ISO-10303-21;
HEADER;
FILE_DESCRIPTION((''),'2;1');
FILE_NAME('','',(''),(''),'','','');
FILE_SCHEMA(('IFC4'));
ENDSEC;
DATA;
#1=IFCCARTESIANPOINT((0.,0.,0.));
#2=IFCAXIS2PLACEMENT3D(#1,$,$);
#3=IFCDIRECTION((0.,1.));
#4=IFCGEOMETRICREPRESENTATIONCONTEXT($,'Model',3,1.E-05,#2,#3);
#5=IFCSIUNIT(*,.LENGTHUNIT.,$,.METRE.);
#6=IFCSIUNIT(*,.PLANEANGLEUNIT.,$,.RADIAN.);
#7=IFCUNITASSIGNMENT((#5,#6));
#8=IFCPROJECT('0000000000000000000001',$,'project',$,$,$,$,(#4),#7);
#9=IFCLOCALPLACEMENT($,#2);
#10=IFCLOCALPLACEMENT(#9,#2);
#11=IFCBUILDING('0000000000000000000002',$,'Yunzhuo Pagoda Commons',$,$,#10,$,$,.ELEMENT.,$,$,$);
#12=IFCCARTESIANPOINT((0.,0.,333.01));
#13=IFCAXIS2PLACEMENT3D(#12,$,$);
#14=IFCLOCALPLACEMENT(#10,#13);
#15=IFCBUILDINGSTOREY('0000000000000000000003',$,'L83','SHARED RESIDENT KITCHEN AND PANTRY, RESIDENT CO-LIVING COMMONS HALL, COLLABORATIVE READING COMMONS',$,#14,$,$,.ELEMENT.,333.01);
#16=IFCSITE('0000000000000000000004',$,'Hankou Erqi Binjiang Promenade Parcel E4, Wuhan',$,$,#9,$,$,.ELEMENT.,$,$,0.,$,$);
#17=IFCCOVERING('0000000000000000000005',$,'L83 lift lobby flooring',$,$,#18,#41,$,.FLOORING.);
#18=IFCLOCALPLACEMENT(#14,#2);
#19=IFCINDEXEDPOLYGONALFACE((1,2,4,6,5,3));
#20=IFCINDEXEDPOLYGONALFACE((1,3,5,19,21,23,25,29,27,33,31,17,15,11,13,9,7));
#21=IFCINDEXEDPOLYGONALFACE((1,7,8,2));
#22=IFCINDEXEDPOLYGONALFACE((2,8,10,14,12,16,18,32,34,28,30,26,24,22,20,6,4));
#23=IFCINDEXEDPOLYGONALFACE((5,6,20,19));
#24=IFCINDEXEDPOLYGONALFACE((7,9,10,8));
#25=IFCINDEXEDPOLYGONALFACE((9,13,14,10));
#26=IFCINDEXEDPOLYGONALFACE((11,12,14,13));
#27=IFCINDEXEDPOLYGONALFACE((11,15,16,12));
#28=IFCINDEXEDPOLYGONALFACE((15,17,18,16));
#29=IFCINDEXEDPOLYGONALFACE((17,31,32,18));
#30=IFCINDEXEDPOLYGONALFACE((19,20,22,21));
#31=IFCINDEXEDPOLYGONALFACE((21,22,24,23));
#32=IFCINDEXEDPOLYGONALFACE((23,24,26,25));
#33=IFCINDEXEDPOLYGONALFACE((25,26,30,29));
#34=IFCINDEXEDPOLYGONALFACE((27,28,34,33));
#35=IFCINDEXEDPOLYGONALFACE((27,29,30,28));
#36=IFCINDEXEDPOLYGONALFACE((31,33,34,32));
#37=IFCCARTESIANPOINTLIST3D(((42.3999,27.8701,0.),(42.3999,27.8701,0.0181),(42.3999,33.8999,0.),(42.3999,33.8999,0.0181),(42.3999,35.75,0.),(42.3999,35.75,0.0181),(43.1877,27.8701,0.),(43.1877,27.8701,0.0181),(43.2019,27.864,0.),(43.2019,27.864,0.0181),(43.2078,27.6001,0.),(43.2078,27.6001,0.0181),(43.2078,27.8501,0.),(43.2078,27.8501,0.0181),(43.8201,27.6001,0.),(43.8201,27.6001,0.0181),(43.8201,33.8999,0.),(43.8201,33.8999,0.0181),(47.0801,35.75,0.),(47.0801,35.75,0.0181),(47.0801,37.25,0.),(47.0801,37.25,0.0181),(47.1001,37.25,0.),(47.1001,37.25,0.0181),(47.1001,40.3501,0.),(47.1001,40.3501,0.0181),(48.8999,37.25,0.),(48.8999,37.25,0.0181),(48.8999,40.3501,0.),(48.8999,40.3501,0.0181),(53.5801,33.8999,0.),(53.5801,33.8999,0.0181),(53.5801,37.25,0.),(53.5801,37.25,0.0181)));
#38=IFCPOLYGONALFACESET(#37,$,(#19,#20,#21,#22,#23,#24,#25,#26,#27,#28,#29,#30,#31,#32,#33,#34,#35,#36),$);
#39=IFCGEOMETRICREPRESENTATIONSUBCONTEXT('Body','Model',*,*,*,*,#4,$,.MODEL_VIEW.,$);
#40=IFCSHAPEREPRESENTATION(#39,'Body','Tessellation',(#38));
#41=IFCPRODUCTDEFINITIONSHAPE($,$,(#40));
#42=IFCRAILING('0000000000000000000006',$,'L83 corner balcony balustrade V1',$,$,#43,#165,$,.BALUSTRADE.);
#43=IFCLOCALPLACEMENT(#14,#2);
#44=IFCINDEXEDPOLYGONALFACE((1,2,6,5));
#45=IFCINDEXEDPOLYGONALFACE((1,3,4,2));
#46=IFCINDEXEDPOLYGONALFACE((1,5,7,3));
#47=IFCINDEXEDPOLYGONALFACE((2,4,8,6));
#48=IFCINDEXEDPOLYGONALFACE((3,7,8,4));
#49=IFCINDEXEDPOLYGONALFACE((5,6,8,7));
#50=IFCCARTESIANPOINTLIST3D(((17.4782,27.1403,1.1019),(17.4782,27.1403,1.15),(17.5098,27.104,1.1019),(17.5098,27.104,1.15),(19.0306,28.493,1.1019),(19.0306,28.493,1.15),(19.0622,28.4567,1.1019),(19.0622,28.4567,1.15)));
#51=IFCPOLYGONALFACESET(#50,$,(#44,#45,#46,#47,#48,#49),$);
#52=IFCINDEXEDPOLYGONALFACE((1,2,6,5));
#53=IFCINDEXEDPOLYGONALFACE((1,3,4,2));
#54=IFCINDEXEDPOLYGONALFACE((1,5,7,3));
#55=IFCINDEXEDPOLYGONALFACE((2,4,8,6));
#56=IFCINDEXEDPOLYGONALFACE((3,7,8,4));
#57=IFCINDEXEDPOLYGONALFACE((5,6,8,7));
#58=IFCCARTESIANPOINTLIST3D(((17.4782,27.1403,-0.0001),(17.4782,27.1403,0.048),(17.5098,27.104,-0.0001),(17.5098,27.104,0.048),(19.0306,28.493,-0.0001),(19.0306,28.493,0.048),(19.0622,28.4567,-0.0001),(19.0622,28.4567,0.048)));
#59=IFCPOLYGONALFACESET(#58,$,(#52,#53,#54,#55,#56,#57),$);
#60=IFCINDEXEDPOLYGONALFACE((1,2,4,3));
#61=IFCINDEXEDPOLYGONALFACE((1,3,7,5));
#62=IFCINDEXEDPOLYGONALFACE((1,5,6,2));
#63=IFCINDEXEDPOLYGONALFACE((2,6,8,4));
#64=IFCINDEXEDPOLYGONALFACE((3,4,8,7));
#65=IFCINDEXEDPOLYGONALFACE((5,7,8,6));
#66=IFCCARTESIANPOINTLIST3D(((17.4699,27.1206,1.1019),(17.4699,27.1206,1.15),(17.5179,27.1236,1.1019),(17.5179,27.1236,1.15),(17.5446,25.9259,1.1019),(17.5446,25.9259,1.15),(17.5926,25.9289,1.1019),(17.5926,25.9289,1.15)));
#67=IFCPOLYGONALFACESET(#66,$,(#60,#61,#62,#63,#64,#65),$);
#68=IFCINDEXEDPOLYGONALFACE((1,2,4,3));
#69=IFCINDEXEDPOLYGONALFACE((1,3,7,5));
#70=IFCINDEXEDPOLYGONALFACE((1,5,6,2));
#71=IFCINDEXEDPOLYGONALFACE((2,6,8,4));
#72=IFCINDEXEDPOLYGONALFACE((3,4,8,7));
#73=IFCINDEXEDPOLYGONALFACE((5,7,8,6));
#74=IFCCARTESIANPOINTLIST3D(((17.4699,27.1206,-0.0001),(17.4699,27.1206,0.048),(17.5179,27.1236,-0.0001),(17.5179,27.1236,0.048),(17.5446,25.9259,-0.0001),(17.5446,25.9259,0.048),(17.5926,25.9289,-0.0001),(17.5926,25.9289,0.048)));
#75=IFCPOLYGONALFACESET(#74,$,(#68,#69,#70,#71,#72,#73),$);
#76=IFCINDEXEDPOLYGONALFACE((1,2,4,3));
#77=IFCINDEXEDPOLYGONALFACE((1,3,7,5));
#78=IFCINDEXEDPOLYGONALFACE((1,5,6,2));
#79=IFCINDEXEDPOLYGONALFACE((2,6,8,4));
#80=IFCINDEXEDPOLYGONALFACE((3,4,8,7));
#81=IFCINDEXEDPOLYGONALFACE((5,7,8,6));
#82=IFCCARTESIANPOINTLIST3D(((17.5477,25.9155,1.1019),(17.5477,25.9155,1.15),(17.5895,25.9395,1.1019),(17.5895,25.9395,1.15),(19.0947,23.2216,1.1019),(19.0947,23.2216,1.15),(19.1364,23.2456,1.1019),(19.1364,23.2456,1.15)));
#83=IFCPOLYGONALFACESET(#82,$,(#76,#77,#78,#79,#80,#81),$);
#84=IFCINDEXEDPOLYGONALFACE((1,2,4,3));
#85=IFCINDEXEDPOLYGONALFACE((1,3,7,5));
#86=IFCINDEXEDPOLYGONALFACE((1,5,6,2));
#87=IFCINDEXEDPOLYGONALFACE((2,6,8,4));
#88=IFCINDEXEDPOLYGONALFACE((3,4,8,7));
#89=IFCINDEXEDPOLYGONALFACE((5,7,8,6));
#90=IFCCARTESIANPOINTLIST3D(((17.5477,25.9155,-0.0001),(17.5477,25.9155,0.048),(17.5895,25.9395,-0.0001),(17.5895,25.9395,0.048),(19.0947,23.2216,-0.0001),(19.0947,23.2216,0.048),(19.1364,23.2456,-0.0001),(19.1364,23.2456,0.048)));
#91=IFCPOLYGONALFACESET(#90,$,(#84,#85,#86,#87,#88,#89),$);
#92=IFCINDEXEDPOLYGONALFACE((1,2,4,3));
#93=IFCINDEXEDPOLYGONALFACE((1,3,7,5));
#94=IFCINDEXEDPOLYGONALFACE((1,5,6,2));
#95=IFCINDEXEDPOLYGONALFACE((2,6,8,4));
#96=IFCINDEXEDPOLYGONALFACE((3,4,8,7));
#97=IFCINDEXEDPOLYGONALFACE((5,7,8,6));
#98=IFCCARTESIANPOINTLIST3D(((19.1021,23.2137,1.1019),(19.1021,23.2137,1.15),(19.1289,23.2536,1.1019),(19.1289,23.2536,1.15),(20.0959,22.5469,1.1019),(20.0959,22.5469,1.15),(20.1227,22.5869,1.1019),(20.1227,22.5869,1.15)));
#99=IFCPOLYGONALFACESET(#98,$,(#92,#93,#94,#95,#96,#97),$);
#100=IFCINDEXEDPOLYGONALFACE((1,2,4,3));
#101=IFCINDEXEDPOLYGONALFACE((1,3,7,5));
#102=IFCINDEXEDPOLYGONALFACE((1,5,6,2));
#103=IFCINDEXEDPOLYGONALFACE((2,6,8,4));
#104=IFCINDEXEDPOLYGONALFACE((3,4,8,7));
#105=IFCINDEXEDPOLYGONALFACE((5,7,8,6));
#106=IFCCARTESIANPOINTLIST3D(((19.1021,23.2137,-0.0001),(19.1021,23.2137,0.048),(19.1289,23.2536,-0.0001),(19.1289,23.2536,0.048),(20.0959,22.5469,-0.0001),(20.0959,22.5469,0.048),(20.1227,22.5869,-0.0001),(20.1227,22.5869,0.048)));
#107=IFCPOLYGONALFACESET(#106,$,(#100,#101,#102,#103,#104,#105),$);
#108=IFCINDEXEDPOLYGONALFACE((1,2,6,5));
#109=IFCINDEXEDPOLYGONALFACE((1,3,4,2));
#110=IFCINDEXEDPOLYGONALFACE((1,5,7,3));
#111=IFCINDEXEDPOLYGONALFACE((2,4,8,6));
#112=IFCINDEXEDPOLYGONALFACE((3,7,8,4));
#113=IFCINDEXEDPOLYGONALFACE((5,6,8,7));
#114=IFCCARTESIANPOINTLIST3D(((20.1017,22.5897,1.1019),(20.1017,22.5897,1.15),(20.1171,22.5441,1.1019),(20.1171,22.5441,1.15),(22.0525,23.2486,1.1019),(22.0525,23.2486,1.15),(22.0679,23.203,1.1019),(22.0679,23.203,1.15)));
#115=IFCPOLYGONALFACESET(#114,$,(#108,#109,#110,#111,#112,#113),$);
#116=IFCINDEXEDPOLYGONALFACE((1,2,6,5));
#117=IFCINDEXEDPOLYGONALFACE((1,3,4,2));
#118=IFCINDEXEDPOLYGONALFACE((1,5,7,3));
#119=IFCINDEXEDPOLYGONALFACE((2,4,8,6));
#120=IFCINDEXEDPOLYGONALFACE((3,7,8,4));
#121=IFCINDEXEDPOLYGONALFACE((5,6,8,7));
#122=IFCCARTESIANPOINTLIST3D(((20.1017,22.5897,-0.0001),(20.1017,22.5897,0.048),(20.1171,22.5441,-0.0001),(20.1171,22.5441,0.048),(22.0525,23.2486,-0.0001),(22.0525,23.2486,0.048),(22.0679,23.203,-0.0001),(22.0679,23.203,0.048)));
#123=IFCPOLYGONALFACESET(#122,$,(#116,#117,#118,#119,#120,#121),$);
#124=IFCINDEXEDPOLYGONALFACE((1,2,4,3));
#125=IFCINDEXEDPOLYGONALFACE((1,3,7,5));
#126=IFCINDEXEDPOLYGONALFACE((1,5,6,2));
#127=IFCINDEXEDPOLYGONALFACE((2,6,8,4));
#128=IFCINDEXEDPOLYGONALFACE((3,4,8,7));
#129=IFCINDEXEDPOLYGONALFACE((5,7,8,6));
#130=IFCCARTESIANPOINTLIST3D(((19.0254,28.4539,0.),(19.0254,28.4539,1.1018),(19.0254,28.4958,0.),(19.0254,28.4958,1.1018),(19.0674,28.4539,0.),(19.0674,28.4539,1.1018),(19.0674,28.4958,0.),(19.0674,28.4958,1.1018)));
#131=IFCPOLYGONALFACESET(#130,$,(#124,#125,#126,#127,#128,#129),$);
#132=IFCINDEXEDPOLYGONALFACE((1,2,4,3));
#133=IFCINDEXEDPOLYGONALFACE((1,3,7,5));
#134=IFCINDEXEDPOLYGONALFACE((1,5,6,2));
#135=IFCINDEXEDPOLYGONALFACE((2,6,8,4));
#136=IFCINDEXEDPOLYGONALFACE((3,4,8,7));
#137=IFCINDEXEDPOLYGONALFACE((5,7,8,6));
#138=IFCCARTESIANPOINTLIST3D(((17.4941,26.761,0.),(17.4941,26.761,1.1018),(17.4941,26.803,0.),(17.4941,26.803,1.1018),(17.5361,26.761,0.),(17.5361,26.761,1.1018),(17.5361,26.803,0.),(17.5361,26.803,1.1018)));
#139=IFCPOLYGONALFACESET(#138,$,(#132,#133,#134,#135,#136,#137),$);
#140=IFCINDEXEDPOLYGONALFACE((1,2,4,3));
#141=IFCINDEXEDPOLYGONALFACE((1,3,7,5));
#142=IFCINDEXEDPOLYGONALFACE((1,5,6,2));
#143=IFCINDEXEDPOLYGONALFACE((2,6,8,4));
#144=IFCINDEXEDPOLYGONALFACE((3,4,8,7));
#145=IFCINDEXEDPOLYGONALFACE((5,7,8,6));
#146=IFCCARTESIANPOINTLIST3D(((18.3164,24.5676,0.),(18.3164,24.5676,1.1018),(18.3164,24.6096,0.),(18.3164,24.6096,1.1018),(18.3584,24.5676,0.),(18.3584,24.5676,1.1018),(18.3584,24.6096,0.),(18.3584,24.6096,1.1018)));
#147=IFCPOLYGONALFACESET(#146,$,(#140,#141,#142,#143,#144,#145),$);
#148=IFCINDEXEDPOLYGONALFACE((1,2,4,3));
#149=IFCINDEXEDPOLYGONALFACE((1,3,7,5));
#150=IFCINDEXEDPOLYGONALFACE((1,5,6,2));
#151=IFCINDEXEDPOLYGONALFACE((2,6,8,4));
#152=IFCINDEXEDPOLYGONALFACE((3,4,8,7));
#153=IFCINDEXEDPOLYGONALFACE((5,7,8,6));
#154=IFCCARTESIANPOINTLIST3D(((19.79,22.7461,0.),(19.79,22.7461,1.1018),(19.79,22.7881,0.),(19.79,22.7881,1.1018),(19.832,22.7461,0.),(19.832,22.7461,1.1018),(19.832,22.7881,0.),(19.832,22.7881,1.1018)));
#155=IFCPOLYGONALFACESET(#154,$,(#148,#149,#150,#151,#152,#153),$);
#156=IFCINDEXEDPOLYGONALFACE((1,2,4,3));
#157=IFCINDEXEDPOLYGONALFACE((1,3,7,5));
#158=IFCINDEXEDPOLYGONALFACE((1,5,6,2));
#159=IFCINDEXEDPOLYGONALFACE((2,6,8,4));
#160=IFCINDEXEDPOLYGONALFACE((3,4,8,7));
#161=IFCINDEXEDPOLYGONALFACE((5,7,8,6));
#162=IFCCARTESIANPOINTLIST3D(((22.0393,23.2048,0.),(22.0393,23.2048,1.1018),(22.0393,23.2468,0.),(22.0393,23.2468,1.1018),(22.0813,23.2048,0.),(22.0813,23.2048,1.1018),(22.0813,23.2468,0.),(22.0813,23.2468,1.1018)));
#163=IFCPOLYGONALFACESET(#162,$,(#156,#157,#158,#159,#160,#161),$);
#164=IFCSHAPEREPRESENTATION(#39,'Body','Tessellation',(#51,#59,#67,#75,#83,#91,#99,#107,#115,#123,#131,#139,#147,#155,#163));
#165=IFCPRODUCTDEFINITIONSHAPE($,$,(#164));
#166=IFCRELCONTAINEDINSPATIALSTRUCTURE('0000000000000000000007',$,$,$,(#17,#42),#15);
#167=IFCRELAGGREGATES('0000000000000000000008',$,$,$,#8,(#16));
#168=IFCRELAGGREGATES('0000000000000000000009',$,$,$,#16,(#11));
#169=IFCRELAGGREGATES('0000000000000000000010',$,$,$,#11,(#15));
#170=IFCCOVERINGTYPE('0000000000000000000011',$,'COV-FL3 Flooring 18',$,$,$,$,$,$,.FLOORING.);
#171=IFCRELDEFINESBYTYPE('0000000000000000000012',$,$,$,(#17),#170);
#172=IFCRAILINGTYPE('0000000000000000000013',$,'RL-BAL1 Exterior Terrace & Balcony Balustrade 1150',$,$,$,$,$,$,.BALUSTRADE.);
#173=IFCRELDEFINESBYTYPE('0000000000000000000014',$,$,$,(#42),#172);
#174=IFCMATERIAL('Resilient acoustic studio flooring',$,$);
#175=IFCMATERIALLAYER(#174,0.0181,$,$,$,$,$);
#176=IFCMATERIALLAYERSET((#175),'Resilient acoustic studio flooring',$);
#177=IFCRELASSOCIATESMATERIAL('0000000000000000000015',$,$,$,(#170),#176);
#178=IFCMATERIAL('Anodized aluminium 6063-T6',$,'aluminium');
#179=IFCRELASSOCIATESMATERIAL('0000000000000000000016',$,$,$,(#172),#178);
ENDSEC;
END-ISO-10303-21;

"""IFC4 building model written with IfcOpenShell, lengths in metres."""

from ifc_helpers import new_model, si_unit, direction, frame, origin, origin_2d, place, context, subcontext, project, spatial, polyline, rectangle, outline, extrude, material, layer, layer_set, type_object, element, save


model = new_model("IFC4")

# Units and contexts
model_context = context("Model", 3, precision=1e-05, world=origin(), true_north=direction((0.0, 1.0)))
body_context = subcontext(model_context, "Body", "Model", "MODEL_VIEW")
ifc_project = project(units=[si_unit("LENGTHUNIT", "METRE"), si_unit("PLANEANGLEUNIT", "RADIAN")], contexts=[model_context])

# Site, building, storey
site_placement = place(None, origin())
site = spatial("IfcSite", under=ifc_project, at=site_placement, Name="Hankou Erqi Binjiang Promenade Parcel E4, Wuhan", CompositionType="ELEMENT", RefElevation=0.0)
building_placement = place(site_placement, origin())
building = spatial("IfcBuilding", under=site, at=building_placement, Name="Yunzhuo Pagoda Commons", CompositionType="ELEMENT")
storey_placement = place(building_placement, frame((0.0, 0.0, 333.01)))
storey = spatial("IfcBuildingStorey", under=building, at=storey_placement, Name="L83", Description="SHARED RESIDENT KITCHEN AND PANTRY, RESIDENT CO-LIVING COMMONS HALL, COLLABORATIVE READING COMMONS", CompositionType="ELEMENT", Elevation=333.01)

# Shared definitions
ifc_material_1 = material(Name="Anodized aluminium 6063-T6", Category="aluminium")

# Covering
ifc_material_2 = material(Name="Resilient acoustic studio flooring")
ifc_layer_1 = layer(ifc_material_2, 0.0181)
ifc_layer_set_1 = layer_set([ifc_layer_1], Name="Resilient acoustic studio flooring")
covering_type_1 = type_object("IfcCoveringType", Name="COV-FL3 Flooring 18", PredefinedType="FLOORING", material=ifc_layer_set_1)
covering_1_placement = place(storey_placement, origin())
element("IfcCovering", 1, at=covering_1_placement, inside=storey, type_object=covering_type_1, Name="L83 lift lobby flooring", PredefinedType="FLOORING", context=body_context, shape_type="SweptSolid", body=[
    extrude(outline(polyline([(42.3999, 35.75), (47.0801, 35.75), (47.0801, 37.25), (47.1001, 37.25), (47.1001, 40.3501), (48.8999, 40.3501), (48.8999, 37.25), (53.5801, 37.25), (53.5801, 33.8999), (43.8201, 33.8999), (43.8201, 27.6001), (43.2078, 27.6001), (43.2078, 27.8501), (43.2019, 27.864), (43.1877, 27.8701), (42.3999, 27.8701), (42.3999, 33.8999), (42.3999, 35.75)])), origin(), (0.0, 0.0, 1.0), 0.0181),
])

# Railing
railing_type = type_object("IfcRailingType", Name="RL-BAL1 Exterior Terrace & Balcony Balustrade 1150", PredefinedType="BALUSTRADE", material=ifc_material_1)
railing_placement = place(storey_placement, frame((19.0464, 28.4749, 0.0)))
element("IfcRailing", 2, at=railing_placement, inside=storey, type_object=railing_type, Name="L83 corner balcony balustrade V1", PredefinedType="BALUSTRADE", context=body_context, shape_type="SweptSolid", body=[
    extrude(rectangle(XDim=0.0481, YDim=0.0481, at=origin_2d()), frame((0.0, 0.0, 1.126), z_axis=(-0.753934, -0.65695, 0.0), x_axis=(0.65695, -0.753934, 0.0)), (0.0, 0.0, 1.0), 2.0591),
    extrude(rectangle(XDim=0.0481, YDim=0.0481, at=origin_2d()), frame((0.0, 0.0, 0.0239), z_axis=(-0.753934, -0.65695, 0.0), x_axis=(0.65695, -0.753934, 0.0)), (0.0, 0.0, 1.0), 2.0591),
    extrude(rectangle(XDim=0.0481, YDim=0.0481, at=origin_2d()), frame((-1.5525, -1.3528, 1.126), z_axis=(0.062416, -0.99805, 0.0), x_axis=(0.99805, 0.062416, 0.0)), (0.0, 0.0, 1.0), 1.197),
    extrude(rectangle(XDim=0.0481, YDim=0.0481, at=origin_2d()), frame((-1.5525, -1.3528, 0.0239), z_axis=(0.062416, -0.99805, 0.0), x_axis=(0.99805, 0.062416, 0.0)), (0.0, 0.0, 1.0), 1.197),
    extrude(rectangle(XDim=0.0481, YDim=0.0481, at=origin_2d()), frame((-1.4778, -2.5474, 1.126), z_axis=(0.497966, -0.867197, 0.0), x_axis=(0.867197, 0.497966, 0.0)), (0.0, 0.0, 1.0), 3.1064),
    extrude(rectangle(XDim=0.0481, YDim=0.0481, at=origin_2d()), frame((-1.4778, -2.5474, 0.0239), z_axis=(0.497966, -0.867197, 0.0), x_axis=(0.867197, 0.497966, 0.0)), (0.0, 0.0, 1.0), 3.1064),
    extrude(rectangle(XDim=0.0481, YDim=0.0481, at=origin_2d()), frame((0.0691, -5.2412, 1.126), z_axis=(0.830446, -0.557099, 0.0), x_axis=(0.557099, 0.830446, 0.0)), (0.0, 0.0, 1.0), 1.1968),
    extrude(rectangle(XDim=0.0481, YDim=0.0481, at=origin_2d()), frame((0.0691, -5.2412, 0.0239), z_axis=(0.830446, -0.557099, 0.0), x_axis=(0.557099, 0.830446, 0.0)), (0.0, 0.0, 1.0), 1.1968),
    extrude(rectangle(XDim=0.0481, YDim=0.0481, at=origin_2d()), frame((1.063, -5.908, 1.126), z_axis=(0.947419, 0.319996, 0.0), x_axis=(-0.319996, 0.947419, 0.0)), (0.0, 0.0, 1.0), 2.0591),
    extrude(rectangle(XDim=0.0481, YDim=0.0481, at=origin_2d()), frame((1.063, -5.908, 0.0239), z_axis=(0.947419, 0.319996, 0.0), x_axis=(-0.319996, 0.947419, 0.0)), (0.0, 0.0, 1.0), 2.0591),
    extrude(rectangle(XDim=0.042, YDim=0.042, at=origin_2d()), origin(), (0.0, 0.0, 1.0), 1.1018),
    extrude(rectangle(XDim=0.042, YDim=0.042, at=origin_2d()), frame((-1.5312, -1.6929, 0.0)), (0.0, 0.0, 1.0), 1.1018),
    extrude(rectangle(XDim=0.042, YDim=0.042, at=origin_2d()), frame((-0.709, -3.8862, 0.0)), (0.0, 0.0, 1.0), 1.1018),
    extrude(rectangle(XDim=0.042, YDim=0.042, at=origin_2d()), frame((0.7646, -5.7078, 0.0)), (0.0, 0.0, 1.0), 1.1018),
    extrude(rectangle(XDim=0.042, YDim=0.042, at=origin_2d()), frame((3.0139, -5.249, 0.0)), (0.0, 0.0, 1.0), 1.1018),
])

save(model, "model.ifc")
